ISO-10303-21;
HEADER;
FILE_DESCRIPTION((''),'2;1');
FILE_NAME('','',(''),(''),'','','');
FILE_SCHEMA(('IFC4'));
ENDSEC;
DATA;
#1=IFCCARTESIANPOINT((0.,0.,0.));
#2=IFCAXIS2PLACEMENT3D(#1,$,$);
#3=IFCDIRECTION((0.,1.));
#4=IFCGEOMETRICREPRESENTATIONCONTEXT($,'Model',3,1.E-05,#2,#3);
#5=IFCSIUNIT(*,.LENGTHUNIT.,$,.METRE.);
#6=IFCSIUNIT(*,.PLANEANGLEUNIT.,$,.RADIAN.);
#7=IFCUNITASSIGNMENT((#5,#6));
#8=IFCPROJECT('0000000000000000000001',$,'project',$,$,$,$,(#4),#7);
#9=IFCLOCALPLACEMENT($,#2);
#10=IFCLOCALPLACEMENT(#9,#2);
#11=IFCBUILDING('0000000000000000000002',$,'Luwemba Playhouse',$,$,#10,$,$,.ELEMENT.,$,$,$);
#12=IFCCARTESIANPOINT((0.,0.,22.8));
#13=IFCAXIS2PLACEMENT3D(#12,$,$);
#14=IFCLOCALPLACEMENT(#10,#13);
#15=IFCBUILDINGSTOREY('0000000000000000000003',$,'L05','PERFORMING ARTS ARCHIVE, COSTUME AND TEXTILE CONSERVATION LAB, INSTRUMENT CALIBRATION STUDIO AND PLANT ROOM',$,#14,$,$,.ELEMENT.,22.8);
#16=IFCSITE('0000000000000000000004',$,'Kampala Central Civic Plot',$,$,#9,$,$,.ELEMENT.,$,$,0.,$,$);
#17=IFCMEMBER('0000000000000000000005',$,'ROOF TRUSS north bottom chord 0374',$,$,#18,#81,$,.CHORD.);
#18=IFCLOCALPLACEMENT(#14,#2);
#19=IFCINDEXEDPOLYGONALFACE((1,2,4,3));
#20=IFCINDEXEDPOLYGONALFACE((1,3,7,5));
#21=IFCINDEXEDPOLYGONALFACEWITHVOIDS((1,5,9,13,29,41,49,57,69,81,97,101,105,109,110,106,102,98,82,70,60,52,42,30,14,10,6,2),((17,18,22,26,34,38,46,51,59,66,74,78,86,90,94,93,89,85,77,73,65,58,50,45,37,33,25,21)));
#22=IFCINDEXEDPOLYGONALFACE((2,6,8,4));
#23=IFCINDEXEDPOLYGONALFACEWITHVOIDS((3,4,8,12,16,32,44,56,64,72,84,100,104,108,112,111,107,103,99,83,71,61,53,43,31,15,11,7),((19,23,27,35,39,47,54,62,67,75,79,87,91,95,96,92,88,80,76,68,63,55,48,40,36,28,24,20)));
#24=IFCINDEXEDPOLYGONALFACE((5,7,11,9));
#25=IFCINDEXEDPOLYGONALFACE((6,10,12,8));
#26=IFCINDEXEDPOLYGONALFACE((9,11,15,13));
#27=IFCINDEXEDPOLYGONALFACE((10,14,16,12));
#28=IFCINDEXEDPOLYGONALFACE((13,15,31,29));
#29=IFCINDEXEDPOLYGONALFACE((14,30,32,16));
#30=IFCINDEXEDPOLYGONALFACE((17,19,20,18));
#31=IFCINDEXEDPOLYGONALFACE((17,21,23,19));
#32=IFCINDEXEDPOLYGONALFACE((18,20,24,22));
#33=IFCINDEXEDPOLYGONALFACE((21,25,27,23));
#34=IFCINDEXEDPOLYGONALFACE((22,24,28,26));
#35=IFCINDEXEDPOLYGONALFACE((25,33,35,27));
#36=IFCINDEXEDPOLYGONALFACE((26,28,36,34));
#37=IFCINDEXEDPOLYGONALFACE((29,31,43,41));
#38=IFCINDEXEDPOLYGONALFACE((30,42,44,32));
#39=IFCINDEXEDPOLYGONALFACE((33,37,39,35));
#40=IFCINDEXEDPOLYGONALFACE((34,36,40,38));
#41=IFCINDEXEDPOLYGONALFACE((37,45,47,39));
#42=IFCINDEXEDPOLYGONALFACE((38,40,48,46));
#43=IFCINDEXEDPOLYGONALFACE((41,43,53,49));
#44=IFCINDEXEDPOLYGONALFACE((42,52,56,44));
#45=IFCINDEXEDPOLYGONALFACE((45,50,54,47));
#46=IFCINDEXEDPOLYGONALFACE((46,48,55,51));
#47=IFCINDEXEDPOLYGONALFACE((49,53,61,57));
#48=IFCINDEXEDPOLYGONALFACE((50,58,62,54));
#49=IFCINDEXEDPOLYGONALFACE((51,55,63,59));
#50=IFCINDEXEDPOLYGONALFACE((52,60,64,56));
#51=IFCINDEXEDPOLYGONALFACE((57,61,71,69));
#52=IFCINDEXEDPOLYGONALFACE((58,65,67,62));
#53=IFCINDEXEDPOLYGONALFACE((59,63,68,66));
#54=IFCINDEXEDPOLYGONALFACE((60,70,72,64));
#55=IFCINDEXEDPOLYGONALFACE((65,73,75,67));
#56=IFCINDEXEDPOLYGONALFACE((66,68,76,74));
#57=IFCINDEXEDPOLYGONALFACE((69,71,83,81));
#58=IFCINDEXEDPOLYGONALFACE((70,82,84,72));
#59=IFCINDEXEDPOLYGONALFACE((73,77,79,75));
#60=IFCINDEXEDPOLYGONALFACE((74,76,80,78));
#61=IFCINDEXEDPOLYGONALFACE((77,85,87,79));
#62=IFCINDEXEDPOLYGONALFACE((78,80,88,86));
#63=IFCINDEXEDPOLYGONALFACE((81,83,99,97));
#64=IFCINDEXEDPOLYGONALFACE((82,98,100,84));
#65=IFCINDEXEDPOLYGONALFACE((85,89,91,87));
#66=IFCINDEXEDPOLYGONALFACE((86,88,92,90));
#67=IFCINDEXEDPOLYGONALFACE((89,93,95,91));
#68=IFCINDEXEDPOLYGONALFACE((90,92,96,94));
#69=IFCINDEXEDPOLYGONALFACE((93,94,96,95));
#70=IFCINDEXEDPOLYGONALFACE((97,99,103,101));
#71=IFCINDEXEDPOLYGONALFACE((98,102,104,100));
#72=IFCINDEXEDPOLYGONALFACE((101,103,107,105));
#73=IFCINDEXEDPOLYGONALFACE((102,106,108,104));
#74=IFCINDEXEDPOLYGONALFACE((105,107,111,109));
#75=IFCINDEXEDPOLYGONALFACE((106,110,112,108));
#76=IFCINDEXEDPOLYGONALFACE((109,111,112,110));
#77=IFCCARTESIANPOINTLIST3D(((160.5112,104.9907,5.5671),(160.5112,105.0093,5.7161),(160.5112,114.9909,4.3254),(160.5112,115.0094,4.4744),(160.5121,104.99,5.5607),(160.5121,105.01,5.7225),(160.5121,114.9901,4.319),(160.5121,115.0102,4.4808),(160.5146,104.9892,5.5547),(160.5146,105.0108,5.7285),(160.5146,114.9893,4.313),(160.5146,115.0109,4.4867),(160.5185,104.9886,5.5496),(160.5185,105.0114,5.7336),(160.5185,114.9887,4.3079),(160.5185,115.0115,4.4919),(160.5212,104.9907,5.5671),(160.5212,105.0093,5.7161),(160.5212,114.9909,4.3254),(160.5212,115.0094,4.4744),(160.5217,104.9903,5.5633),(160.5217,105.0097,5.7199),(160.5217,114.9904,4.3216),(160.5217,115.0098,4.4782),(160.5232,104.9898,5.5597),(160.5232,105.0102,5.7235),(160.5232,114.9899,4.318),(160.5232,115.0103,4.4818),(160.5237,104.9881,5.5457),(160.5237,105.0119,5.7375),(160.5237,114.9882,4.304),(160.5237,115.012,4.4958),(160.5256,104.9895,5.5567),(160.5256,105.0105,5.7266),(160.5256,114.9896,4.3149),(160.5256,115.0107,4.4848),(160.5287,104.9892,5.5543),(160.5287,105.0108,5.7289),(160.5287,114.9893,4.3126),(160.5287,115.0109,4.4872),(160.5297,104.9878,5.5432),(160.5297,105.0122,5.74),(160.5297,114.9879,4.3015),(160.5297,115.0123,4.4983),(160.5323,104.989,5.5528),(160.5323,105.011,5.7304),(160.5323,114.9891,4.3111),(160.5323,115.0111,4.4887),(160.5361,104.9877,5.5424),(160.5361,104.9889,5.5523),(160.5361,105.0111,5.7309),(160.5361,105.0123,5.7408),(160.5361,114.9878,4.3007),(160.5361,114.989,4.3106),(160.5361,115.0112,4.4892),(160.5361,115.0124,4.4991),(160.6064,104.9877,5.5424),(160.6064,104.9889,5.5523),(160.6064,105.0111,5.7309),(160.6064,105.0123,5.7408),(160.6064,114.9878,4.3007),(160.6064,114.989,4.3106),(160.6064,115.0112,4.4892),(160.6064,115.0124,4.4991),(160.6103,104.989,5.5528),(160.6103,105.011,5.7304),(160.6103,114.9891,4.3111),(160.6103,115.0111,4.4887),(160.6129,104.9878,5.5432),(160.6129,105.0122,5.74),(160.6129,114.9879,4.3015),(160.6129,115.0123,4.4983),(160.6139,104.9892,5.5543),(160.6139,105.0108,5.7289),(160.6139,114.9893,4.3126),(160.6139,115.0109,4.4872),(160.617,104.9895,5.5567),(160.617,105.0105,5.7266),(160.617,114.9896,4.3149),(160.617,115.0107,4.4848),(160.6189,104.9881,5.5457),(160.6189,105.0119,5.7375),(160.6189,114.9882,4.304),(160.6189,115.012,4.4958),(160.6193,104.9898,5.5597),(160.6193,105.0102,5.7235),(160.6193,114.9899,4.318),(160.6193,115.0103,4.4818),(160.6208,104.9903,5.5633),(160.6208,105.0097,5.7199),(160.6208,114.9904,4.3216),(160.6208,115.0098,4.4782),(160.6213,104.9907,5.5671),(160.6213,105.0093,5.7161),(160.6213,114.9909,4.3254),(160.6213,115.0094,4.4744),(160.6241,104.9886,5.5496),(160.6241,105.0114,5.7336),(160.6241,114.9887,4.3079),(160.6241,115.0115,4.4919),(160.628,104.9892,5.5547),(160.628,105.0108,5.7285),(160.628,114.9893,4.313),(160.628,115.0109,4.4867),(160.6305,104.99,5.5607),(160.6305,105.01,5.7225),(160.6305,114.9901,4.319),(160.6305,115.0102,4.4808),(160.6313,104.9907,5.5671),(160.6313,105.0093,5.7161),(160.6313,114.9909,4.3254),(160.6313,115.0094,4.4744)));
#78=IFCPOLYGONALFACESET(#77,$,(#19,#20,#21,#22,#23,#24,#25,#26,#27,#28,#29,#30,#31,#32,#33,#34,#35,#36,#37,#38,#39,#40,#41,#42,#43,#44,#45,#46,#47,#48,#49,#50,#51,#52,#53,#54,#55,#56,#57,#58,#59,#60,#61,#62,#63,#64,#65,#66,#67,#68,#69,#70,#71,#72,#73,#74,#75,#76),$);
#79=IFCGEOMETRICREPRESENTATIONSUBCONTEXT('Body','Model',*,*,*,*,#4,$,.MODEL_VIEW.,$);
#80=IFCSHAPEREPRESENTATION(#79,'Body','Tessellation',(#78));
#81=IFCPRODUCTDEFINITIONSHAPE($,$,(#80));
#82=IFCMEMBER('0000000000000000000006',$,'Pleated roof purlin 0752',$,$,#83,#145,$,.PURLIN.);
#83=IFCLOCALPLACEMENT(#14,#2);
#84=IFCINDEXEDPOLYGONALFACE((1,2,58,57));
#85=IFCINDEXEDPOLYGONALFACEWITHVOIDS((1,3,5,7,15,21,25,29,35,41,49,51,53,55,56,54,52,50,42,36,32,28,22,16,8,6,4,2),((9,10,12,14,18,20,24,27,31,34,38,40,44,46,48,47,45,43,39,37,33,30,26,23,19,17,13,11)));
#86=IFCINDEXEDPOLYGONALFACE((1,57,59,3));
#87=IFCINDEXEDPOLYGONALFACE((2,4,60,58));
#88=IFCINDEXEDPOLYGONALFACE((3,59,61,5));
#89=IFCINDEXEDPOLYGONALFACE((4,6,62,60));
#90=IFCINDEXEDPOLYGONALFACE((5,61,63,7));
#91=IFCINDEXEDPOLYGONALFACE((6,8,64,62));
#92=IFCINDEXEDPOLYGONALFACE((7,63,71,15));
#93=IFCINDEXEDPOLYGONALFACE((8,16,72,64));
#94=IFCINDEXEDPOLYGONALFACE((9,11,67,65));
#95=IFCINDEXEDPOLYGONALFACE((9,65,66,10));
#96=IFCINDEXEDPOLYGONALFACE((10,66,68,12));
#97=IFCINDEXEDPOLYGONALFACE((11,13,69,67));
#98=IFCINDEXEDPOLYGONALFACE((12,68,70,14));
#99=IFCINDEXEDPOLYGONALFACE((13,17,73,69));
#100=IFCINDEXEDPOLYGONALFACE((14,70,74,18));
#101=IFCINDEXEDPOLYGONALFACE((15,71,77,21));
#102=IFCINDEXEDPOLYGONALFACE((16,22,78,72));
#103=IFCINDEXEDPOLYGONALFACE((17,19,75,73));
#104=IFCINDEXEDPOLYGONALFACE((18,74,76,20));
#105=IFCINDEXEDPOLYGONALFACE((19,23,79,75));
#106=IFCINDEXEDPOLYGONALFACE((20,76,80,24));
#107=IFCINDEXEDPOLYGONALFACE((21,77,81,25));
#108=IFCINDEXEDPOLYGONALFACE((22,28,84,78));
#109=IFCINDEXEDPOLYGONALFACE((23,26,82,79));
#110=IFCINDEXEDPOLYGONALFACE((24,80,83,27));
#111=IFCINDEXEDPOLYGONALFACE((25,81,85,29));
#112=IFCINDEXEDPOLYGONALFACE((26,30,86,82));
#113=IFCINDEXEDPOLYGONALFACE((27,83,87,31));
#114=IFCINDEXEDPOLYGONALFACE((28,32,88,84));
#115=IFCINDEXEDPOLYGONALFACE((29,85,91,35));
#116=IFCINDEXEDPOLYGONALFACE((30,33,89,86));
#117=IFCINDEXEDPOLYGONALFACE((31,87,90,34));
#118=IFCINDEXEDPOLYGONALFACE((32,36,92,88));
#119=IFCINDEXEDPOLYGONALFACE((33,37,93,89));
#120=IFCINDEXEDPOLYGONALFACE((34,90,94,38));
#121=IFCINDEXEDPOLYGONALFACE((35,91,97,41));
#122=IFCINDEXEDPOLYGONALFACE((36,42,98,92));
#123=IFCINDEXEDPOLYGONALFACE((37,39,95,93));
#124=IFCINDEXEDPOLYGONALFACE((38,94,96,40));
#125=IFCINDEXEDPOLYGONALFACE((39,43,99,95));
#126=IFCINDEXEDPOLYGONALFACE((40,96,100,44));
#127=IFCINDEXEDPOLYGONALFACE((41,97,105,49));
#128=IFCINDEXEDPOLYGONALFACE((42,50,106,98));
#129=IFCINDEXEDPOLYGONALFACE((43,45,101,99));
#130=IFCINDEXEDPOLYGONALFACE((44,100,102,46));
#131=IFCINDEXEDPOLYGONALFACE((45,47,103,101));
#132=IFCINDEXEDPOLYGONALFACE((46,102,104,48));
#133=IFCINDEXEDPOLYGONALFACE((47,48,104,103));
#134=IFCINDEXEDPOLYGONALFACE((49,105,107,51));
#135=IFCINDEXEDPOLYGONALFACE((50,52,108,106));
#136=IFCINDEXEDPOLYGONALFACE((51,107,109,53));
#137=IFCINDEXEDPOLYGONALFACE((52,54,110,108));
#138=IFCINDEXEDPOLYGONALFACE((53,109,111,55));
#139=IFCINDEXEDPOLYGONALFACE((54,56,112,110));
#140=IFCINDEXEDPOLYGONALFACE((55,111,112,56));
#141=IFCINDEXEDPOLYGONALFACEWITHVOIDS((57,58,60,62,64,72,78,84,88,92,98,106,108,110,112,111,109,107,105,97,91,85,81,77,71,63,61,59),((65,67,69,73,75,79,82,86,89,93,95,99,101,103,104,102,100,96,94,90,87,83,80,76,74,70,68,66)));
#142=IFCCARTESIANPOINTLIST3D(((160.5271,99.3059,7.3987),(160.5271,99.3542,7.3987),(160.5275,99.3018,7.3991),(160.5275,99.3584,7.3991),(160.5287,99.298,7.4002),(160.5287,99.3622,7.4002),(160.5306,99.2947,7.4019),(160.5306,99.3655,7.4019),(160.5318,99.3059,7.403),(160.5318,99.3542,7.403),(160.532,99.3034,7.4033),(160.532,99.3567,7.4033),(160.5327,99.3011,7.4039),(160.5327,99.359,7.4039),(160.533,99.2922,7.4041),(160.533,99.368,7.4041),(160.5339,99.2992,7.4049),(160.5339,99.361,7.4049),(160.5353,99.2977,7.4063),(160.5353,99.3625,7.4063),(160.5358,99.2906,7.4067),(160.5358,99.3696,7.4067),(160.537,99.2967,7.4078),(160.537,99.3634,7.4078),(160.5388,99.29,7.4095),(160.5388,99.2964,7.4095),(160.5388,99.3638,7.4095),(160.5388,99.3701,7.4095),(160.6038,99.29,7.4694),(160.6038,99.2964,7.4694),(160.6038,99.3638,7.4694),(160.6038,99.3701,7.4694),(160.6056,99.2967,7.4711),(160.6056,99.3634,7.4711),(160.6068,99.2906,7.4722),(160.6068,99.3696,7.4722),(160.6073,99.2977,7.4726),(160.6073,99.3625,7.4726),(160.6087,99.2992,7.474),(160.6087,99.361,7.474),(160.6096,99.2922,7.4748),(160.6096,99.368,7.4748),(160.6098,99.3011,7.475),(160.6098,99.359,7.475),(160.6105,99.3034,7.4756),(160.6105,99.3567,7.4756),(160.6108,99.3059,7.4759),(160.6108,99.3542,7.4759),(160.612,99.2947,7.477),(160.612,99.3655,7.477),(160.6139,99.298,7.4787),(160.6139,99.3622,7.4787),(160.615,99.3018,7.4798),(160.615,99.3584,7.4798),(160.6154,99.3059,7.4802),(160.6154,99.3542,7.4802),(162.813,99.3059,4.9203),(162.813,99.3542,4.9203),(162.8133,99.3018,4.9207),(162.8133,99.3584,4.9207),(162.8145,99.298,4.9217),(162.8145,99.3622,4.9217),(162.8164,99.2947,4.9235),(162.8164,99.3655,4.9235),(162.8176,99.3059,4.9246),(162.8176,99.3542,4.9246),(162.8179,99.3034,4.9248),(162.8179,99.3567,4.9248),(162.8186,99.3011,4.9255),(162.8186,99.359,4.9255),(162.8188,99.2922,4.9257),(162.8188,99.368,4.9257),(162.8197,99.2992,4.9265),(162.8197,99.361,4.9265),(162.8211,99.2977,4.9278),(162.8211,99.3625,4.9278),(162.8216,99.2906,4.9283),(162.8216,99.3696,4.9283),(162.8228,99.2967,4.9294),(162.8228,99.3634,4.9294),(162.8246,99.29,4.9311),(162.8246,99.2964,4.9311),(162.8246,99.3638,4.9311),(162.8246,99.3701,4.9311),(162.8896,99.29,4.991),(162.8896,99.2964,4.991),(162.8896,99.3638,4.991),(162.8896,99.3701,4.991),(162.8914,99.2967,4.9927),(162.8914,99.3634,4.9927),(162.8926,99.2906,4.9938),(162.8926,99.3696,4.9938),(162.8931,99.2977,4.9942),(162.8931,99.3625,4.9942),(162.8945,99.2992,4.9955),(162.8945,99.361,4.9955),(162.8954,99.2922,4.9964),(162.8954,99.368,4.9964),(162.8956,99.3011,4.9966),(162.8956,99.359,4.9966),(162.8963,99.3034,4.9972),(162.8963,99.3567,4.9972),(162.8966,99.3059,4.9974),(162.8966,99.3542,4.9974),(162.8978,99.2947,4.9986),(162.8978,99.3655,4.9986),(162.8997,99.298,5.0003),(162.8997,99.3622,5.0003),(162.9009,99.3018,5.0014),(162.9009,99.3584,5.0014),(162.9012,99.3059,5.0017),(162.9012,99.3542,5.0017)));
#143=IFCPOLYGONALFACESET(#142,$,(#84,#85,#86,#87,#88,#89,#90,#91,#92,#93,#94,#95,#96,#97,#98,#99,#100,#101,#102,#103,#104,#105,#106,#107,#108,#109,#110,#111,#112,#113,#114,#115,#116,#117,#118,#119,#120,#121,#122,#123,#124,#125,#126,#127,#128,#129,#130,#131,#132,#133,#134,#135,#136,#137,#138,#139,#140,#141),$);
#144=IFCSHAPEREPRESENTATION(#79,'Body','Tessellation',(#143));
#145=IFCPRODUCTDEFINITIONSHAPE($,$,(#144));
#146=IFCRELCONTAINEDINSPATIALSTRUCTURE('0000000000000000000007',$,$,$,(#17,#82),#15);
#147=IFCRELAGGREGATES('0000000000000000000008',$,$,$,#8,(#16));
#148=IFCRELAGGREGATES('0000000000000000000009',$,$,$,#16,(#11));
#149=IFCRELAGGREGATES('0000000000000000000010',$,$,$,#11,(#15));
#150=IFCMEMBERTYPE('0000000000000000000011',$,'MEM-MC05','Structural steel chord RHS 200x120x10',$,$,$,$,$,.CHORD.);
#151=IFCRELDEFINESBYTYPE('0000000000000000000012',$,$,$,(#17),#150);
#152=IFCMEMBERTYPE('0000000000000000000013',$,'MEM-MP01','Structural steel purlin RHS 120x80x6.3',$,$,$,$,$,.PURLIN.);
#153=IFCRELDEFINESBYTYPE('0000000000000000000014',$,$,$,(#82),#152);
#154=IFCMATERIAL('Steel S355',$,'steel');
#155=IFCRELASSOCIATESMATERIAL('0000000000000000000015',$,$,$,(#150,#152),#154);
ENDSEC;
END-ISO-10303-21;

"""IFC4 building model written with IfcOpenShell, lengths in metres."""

from ifc_helpers import new_model, si_unit, direction, frame, origin, origin_2d, place, context, subcontext, project, spatial, hollow_rectangle, extrude, material, material_profile, profile_set, type_object, element, save


model = new_model("IFC4")

# Units and contexts
model_context = context("Model", 3, precision=1e-05, world=origin(), true_north=direction((0.0, 1.0)))
body_context = subcontext(model_context, "Body", "Model", "MODEL_VIEW")
ifc_project = project(units=[si_unit("LENGTHUNIT", "METRE"), si_unit("PLANEANGLEUNIT", "RADIAN")], contexts=[model_context])

# Site, building, storey
site_placement = place(None, origin())
site = spatial("IfcSite", under=ifc_project, at=site_placement, Name="Kampala Central Civic Plot", CompositionType="ELEMENT", RefElevation=0.0)
building_placement = place(site_placement, origin())
building = spatial("IfcBuilding", under=site, at=building_placement, Name="Luwemba Playhouse", CompositionType="ELEMENT")
storey_placement = place(building_placement, frame((0.0, 0.0, 22.8)))
storey = spatial("IfcBuildingStorey", under=building, at=storey_placement, Name="L05", Description="PERFORMING ARTS ARCHIVE, COSTUME AND TEXTILE CONSERVATION LAB, INSTRUMENT CALIBRATION STUDIO AND PLANT ROOM", CompositionType="ELEMENT", Elevation=22.8)

# Shared definitions
ifc_material_1 = material(Name="Steel S355", Category="steel")

# Members
ifc_material_profile_1 = material_profile(ifc_material_1, hollow_rectangle(XDim=0.1201, YDim=0.2, WallThickness=0.01, InnerFilletRadius=0.0149, OuterFilletRadius=0.0249, at=origin_2d()))
ifc_profile_set_1 = profile_set([ifc_material_profile_1], Name="Steel S355")
member_type_1 = type_object("IfcMemberType", Name="MEM-MC05", Description="Structural steel chord RHS 200x120x10", PredefinedType="CHORD", material=ifc_profile_set_1)
member_1_placement = place(storey_placement, frame((160.5713, 105.0, 5.6416), z_axis=(0.0, 0.992379, -0.123224), x_axis=(-1.0, 0.0, 0.0)))
element("IfcMember", 1, at=member_1_placement, inside=storey, type_object=member_type_1, Name="ROOF TRUSS north bottom chord 0374", PredefinedType="CHORD", context=body_context, shape_type="SweptSolid", body=[
    extrude(hollow_rectangle(XDim=0.1201, YDim=0.2, WallThickness=0.01, InnerFilletRadius=0.0149, OuterFilletRadius=0.0249, at=origin_2d()), origin(), (0.0, 0.0, 1.0), 10.0769),
])
ifc_material_profile_2 = material_profile(ifc_material_1, hollow_rectangle(XDim=0.0801, YDim=0.1201, WallThickness=0.0063, InnerFilletRadius=0.0095, OuterFilletRadius=0.0159, at=origin_2d()))
ifc_profile_set_2 = profile_set([ifc_material_profile_2], Name="Steel S355")
member_type_2 = type_object("IfcMemberType", Name="MEM-MP01", Description="Structural steel purlin RHS 120x80x6.3", PredefinedType="PURLIN", material=ifc_profile_set_2)
member_2_placement = place(storey_placement, frame((160.5713, 99.3301, 7.4395), z_axis=(0.677964, 0.0, -0.735095), x_axis=(0.0, 1.0, 0.0)))
element("IfcMember", 2, at=member_2_placement, inside=storey, type_object=member_type_2, Name="Pleated roof purlin 0752", PredefinedType="PURLIN", context=body_context, shape_type="SweptSolid", body=[
    extrude(hollow_rectangle(XDim=0.0801, YDim=0.1201, WallThickness=0.0063, InnerFilletRadius=0.0095, OuterFilletRadius=0.0159, at=origin_2d()), origin(), (0.0, 0.0, 1.0), 3.3716),
])

save(model, "model.ifc")
